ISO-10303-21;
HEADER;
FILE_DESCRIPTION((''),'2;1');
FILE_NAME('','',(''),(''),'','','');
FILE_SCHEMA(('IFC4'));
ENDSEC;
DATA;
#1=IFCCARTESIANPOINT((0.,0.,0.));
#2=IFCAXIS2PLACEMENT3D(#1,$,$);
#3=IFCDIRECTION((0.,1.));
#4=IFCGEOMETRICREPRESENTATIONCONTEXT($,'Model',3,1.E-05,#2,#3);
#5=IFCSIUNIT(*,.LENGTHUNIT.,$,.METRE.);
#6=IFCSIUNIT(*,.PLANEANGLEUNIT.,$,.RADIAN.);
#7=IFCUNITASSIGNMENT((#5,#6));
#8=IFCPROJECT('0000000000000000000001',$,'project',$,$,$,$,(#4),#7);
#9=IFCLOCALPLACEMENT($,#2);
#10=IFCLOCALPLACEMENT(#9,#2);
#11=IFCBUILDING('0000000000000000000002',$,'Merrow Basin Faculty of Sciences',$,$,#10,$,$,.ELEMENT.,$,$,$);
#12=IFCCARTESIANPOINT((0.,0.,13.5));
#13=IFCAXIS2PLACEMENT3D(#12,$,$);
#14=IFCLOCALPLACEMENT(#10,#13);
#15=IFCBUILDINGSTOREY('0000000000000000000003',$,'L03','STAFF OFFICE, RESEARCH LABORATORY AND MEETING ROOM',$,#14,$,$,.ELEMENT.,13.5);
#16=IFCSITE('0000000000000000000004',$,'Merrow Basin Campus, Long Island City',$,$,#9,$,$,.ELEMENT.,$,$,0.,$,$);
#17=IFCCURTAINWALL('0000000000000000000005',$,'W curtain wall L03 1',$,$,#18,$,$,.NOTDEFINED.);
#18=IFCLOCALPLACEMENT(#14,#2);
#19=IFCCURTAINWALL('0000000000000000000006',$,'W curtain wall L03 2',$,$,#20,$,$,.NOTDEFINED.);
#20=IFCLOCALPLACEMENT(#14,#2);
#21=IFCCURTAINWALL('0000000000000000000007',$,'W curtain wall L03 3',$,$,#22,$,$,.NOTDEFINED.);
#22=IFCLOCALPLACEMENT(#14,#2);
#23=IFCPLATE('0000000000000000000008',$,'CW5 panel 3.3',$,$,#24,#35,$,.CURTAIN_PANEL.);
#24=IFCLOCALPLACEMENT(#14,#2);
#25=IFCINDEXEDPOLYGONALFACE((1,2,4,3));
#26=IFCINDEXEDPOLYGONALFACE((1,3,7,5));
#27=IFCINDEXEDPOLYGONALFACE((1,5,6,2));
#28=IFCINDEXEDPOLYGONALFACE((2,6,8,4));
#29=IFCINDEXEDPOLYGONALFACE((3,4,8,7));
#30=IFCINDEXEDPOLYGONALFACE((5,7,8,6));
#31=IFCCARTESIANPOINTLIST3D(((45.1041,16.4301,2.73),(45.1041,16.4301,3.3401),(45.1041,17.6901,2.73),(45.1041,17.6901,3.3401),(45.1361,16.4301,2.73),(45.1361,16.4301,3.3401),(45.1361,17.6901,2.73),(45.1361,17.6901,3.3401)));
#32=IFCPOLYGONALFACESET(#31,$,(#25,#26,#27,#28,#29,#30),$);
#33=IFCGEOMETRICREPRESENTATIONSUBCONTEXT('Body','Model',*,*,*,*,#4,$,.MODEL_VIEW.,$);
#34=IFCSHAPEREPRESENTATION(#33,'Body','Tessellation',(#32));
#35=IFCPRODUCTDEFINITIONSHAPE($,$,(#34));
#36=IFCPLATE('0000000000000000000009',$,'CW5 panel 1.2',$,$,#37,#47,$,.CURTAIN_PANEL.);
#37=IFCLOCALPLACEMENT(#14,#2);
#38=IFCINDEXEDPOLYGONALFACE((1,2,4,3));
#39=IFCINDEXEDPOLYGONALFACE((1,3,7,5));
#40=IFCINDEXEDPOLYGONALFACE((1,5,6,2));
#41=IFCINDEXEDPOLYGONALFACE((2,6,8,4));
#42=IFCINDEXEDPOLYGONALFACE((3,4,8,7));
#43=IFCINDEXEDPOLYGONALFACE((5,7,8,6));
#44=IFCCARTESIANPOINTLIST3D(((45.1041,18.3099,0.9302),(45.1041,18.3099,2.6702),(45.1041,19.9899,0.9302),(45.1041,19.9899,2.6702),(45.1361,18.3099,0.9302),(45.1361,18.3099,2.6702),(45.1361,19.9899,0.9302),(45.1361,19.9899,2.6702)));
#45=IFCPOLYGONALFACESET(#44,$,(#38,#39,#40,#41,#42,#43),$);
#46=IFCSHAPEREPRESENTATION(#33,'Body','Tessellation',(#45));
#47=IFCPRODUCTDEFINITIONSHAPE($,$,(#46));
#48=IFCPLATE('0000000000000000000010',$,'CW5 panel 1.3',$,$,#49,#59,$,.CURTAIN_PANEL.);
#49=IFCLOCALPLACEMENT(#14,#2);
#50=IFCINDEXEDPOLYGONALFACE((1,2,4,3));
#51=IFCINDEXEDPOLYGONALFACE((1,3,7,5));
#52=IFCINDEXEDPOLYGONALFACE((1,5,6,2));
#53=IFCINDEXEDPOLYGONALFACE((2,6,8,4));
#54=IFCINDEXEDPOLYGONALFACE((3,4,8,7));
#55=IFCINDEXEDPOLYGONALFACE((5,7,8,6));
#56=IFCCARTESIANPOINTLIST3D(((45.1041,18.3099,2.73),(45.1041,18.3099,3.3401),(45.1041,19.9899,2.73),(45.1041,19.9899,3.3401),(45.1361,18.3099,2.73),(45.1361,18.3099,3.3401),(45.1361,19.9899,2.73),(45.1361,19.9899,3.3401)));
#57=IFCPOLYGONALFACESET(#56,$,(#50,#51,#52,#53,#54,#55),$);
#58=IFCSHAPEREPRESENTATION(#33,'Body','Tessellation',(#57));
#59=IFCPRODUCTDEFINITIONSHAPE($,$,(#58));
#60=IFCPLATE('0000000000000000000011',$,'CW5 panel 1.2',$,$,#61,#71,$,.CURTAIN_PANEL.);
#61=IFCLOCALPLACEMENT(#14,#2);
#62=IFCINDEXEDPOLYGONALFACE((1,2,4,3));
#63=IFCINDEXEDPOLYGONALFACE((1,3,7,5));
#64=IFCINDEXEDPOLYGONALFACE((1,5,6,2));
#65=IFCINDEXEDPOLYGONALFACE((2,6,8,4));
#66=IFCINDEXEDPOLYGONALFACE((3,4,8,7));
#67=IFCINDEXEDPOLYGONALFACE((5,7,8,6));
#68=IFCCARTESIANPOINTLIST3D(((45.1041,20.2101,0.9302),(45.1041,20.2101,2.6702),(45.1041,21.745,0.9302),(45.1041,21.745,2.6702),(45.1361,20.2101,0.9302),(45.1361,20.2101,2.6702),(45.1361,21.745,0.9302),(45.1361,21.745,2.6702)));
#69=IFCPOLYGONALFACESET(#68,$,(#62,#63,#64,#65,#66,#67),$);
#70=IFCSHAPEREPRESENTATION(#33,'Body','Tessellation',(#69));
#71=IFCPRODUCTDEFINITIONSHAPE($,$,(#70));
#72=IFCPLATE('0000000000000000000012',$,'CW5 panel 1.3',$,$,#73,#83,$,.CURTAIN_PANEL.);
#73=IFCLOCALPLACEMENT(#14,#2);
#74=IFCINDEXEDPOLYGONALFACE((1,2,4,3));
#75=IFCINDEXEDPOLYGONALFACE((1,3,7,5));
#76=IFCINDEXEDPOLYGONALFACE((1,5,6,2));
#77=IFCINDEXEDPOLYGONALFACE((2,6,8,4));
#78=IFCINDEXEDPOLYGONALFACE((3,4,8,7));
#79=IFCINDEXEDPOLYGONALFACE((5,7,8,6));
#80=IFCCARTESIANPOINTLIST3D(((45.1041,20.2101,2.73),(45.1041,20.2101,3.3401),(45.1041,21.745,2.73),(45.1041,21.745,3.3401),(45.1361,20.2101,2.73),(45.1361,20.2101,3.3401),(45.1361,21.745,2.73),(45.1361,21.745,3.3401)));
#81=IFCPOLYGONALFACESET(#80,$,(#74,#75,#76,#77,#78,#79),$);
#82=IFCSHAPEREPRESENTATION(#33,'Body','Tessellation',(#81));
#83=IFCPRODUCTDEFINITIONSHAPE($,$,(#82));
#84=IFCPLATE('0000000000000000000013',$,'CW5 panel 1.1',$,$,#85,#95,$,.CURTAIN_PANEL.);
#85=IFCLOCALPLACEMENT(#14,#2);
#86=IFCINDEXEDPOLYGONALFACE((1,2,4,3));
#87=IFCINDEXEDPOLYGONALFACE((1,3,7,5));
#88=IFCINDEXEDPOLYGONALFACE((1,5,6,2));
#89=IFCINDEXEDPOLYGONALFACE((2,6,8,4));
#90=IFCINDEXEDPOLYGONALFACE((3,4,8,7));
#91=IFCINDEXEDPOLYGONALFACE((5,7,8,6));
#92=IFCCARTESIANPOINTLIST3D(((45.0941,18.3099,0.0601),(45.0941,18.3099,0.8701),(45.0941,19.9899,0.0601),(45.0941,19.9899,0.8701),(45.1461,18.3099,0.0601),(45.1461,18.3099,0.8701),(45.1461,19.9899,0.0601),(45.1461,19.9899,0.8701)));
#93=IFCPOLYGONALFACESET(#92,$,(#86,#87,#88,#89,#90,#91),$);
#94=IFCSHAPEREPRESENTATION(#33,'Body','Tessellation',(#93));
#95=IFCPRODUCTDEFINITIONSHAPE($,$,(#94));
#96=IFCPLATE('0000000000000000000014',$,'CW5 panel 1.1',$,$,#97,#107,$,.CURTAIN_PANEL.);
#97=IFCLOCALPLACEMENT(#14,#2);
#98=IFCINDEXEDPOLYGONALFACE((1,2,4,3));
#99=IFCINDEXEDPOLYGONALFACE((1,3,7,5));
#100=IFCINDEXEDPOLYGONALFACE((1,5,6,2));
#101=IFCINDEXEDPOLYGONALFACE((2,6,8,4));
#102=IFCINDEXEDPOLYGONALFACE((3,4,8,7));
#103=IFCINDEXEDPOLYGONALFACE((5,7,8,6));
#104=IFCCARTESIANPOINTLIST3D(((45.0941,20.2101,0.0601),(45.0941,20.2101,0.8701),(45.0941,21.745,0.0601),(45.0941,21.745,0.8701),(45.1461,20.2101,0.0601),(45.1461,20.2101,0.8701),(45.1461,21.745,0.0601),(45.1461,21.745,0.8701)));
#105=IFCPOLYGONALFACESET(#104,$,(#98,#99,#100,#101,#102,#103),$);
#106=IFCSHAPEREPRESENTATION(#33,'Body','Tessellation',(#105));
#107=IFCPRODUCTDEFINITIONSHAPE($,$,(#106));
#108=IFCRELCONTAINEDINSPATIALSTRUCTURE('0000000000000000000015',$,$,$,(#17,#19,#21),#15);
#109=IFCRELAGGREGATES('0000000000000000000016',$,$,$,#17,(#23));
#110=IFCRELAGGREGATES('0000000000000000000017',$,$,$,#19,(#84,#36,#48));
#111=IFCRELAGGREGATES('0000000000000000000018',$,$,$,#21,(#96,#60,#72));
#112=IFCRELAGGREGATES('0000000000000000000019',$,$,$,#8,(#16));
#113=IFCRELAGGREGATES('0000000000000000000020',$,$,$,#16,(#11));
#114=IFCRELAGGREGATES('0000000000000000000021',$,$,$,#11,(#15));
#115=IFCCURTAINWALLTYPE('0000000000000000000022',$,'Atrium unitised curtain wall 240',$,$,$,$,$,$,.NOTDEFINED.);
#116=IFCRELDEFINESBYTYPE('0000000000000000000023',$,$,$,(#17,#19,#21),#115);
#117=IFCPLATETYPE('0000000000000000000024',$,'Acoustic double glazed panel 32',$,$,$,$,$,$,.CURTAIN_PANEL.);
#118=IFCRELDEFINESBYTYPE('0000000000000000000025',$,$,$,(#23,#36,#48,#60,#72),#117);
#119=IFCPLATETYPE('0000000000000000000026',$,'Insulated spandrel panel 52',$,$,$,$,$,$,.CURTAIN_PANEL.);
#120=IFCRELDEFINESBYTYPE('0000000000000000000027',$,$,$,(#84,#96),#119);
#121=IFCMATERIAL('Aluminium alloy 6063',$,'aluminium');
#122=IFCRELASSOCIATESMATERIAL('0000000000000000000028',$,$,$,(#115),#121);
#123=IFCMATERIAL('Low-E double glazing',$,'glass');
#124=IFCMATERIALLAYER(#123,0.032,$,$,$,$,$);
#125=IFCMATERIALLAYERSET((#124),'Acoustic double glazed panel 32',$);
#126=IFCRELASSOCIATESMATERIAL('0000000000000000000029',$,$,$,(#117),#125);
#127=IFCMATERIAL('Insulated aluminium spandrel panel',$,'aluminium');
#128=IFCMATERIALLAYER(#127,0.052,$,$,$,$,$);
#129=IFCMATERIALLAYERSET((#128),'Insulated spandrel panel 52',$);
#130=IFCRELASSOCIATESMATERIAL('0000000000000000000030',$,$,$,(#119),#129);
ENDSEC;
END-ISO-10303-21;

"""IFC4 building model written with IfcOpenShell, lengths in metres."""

from ifc_helpers import new_model, si_unit, direction, frame, origin, origin_2d, place, context, subcontext, project, spatial, rectangle, extrude, material, layer, layer_set, type_object, element, aggregate, save


model = new_model("IFC4")

# Units and contexts
model_context = context("Model", 3, precision=1e-05, world=origin(), true_north=direction((0.0, 1.0)))
body_context = subcontext(model_context, "Body", "Model", "MODEL_VIEW")
ifc_project = project(units=[si_unit("LENGTHUNIT", "METRE"), si_unit("PLANEANGLEUNIT", "RADIAN")], contexts=[model_context])

# Site, building, storey
site_placement = place(None, origin())
site = spatial("IfcSite", under=ifc_project, at=site_placement, Name="Merrow Basin Campus, Long Island City", CompositionType="ELEMENT", RefElevation=0.0)
building_placement = place(site_placement, origin())
building = spatial("IfcBuilding", under=site, at=building_placement, Name="Merrow Basin Faculty of Sciences", CompositionType="ELEMENT")
storey_placement = place(building_placement, frame((0.0, 0.0, 13.5)))
storey = spatial("IfcBuildingStorey", under=building, at=storey_placement, Name="L03", Description="STAFF OFFICE, RESEARCH LABORATORY AND MEETING ROOM", CompositionType="ELEMENT", Elevation=13.5)

# Curtain wall
ifc_material_1 = material(Name="Aluminium alloy 6063", Category="aluminium")
curtain_wall_type = type_object("IfcCurtainWallType", Name="Atrium unitised curtain wall 240", PredefinedType="NOTDEFINED", material=ifc_material_1)
curtain_wall_1_placement = place(storey_placement, origin())
curtain_wall_1 = element("IfcCurtainWall", 1, at=curtain_wall_1_placement, inside=storey, type_object=curtain_wall_type, Name="W curtain wall L03 1", PredefinedType="NOTDEFINED")

# Curtain walls
curtain_wall_2_placement = place(storey_placement, origin())
curtain_wall_2 = element("IfcCurtainWall", 2, at=curtain_wall_2_placement, inside=storey, type_object=curtain_wall_type, Name="W curtain wall L03 2", PredefinedType="NOTDEFINED")
curtain_wall_3_placement = place(storey_placement, origin())
curtain_wall_3 = element("IfcCurtainWall", 3, at=curtain_wall_3_placement, inside=storey, type_object=curtain_wall_type, Name="W curtain wall L03 3", PredefinedType="NOTDEFINED")

# Plates
ifc_material_2 = material(Name="Low-E double glazing", Category="glass")
ifc_layer_1 = layer(ifc_material_2, 0.032)
ifc_layer_set_1 = layer_set([ifc_layer_1], Name="Acoustic double glazed panel 32")
plate_type_1 = type_object("IfcPlateType", Name="Acoustic double glazed panel 32", PredefinedType="CURTAIN_PANEL", material=ifc_layer_set_1)
plate_1_placement = place(storey_placement, frame((45.1201, 17.0601, 2.73), z_axis=(0.0, 0.0, 1.0), x_axis=(0.0, 1.0, 0.0)))
plate_1 = element("IfcPlate", 4, at=plate_1_placement, type_object=plate_type_1, Name="CW5 panel 3.3", PredefinedType="CURTAIN_PANEL", context=body_context, shape_type="SweptSolid", body=[
    extrude(rectangle(XDim=1.26, YDim=0.032, at=origin_2d()), origin(), (0.0, 0.0, 1.0), 0.6101),
])
aggregate(curtain_wall_1, [plate_1])
plate_2_placement = place(storey_placement, frame((45.1201, 19.1499, 0.9302), z_axis=(0.0, 0.0, 1.0), x_axis=(0.0, 1.0, 0.0)))
plate_2 = element("IfcPlate", 5, at=plate_2_placement, type_object=plate_type_1, Name="CW5 panel 1.2", PredefinedType="CURTAIN_PANEL", context=body_context, shape_type="SweptSolid", body=[
    extrude(rectangle(XDim=1.6799, YDim=0.032, at=origin_2d()), origin(), (0.0, 0.0, 1.0), 1.74),
])
plate_3_placement = place(storey_placement, frame((45.1201, 19.1499, 2.73), z_axis=(0.0, 0.0, 1.0), x_axis=(0.0, 1.0, 0.0)))
plate_3 = element("IfcPlate", 6, at=plate_3_placement, type_object=plate_type_1, Name="CW5 panel 1.3", PredefinedType="CURTAIN_PANEL", context=body_context, shape_type="SweptSolid", body=[
    extrude(rectangle(XDim=1.6799, YDim=0.032, at=origin_2d()), origin(), (0.0, 0.0, 1.0), 0.6101),
])
plate_4_placement = place(storey_placement, frame((45.1201, 20.9775, 0.9302), z_axis=(0.0, 0.0, 1.0), x_axis=(0.0, 1.0, 0.0)))
plate_4 = element("IfcPlate", 7, at=plate_4_placement, type_object=plate_type_1, Name="CW5 panel 1.2", PredefinedType="CURTAIN_PANEL", context=body_context, shape_type="SweptSolid", body=[
    extrude(rectangle(XDim=1.5349, YDim=0.032, at=origin_2d()), origin(), (0.0, 0.0, 1.0), 1.74),
])
plate_5_placement = place(storey_placement, frame((45.1201, 20.9775, 2.73), z_axis=(0.0, 0.0, 1.0), x_axis=(0.0, 1.0, 0.0)))
plate_5 = element("IfcPlate", 8, at=plate_5_placement, type_object=plate_type_1, Name="CW5 panel 1.3", PredefinedType="CURTAIN_PANEL", context=body_context, shape_type="SweptSolid", body=[
    extrude(rectangle(XDim=1.5349, YDim=0.032, at=origin_2d()), origin(), (0.0, 0.0, 1.0), 0.6101),
])
ifc_material_3 = material(Name="Insulated aluminium spandrel panel", Category="aluminium")
ifc_layer_2 = layer(ifc_material_3, 0.052)
ifc_layer_set_2 = layer_set([ifc_layer_2], Name="Insulated spandrel panel 52")
plate_type_2 = type_object("IfcPlateType", Name="Insulated spandrel panel 52", PredefinedType="CURTAIN_PANEL", material=ifc_layer_set_2)
plate_6_placement = place(storey_placement, frame((45.1201, 19.1499, 0.0601), z_axis=(0.0, 0.0, 1.0), x_axis=(0.0, 1.0, 0.0)))
plate_6 = element("IfcPlate", 9, at=plate_6_placement, type_object=plate_type_2, Name="CW5 panel 1.1", PredefinedType="CURTAIN_PANEL", context=body_context, shape_type="SweptSolid", body=[
    extrude(rectangle(XDim=1.6799, YDim=0.052, at=origin_2d()), origin(), (0.0, 0.0, 1.0), 0.8101),
])
aggregate(curtain_wall_2, [plate_6, plate_2, plate_3])
plate_7_placement = place(storey_placement, frame((45.1201, 20.9775, 0.0601), z_axis=(0.0, 0.0, 1.0), x_axis=(0.0, 1.0, 0.0)))
plate_7 = element("IfcPlate", 10, at=plate_7_placement, type_object=plate_type_2, Name="CW5 panel 1.1", PredefinedType="CURTAIN_PANEL", context=body_context, shape_type="SweptSolid", body=[
    extrude(rectangle(XDim=1.5349, YDim=0.052, at=origin_2d()), origin(), (0.0, 0.0, 1.0), 0.8101),
])
aggregate(curtain_wall_3, [plate_7, plate_4, plate_5])

save(model, "model.ifc")
